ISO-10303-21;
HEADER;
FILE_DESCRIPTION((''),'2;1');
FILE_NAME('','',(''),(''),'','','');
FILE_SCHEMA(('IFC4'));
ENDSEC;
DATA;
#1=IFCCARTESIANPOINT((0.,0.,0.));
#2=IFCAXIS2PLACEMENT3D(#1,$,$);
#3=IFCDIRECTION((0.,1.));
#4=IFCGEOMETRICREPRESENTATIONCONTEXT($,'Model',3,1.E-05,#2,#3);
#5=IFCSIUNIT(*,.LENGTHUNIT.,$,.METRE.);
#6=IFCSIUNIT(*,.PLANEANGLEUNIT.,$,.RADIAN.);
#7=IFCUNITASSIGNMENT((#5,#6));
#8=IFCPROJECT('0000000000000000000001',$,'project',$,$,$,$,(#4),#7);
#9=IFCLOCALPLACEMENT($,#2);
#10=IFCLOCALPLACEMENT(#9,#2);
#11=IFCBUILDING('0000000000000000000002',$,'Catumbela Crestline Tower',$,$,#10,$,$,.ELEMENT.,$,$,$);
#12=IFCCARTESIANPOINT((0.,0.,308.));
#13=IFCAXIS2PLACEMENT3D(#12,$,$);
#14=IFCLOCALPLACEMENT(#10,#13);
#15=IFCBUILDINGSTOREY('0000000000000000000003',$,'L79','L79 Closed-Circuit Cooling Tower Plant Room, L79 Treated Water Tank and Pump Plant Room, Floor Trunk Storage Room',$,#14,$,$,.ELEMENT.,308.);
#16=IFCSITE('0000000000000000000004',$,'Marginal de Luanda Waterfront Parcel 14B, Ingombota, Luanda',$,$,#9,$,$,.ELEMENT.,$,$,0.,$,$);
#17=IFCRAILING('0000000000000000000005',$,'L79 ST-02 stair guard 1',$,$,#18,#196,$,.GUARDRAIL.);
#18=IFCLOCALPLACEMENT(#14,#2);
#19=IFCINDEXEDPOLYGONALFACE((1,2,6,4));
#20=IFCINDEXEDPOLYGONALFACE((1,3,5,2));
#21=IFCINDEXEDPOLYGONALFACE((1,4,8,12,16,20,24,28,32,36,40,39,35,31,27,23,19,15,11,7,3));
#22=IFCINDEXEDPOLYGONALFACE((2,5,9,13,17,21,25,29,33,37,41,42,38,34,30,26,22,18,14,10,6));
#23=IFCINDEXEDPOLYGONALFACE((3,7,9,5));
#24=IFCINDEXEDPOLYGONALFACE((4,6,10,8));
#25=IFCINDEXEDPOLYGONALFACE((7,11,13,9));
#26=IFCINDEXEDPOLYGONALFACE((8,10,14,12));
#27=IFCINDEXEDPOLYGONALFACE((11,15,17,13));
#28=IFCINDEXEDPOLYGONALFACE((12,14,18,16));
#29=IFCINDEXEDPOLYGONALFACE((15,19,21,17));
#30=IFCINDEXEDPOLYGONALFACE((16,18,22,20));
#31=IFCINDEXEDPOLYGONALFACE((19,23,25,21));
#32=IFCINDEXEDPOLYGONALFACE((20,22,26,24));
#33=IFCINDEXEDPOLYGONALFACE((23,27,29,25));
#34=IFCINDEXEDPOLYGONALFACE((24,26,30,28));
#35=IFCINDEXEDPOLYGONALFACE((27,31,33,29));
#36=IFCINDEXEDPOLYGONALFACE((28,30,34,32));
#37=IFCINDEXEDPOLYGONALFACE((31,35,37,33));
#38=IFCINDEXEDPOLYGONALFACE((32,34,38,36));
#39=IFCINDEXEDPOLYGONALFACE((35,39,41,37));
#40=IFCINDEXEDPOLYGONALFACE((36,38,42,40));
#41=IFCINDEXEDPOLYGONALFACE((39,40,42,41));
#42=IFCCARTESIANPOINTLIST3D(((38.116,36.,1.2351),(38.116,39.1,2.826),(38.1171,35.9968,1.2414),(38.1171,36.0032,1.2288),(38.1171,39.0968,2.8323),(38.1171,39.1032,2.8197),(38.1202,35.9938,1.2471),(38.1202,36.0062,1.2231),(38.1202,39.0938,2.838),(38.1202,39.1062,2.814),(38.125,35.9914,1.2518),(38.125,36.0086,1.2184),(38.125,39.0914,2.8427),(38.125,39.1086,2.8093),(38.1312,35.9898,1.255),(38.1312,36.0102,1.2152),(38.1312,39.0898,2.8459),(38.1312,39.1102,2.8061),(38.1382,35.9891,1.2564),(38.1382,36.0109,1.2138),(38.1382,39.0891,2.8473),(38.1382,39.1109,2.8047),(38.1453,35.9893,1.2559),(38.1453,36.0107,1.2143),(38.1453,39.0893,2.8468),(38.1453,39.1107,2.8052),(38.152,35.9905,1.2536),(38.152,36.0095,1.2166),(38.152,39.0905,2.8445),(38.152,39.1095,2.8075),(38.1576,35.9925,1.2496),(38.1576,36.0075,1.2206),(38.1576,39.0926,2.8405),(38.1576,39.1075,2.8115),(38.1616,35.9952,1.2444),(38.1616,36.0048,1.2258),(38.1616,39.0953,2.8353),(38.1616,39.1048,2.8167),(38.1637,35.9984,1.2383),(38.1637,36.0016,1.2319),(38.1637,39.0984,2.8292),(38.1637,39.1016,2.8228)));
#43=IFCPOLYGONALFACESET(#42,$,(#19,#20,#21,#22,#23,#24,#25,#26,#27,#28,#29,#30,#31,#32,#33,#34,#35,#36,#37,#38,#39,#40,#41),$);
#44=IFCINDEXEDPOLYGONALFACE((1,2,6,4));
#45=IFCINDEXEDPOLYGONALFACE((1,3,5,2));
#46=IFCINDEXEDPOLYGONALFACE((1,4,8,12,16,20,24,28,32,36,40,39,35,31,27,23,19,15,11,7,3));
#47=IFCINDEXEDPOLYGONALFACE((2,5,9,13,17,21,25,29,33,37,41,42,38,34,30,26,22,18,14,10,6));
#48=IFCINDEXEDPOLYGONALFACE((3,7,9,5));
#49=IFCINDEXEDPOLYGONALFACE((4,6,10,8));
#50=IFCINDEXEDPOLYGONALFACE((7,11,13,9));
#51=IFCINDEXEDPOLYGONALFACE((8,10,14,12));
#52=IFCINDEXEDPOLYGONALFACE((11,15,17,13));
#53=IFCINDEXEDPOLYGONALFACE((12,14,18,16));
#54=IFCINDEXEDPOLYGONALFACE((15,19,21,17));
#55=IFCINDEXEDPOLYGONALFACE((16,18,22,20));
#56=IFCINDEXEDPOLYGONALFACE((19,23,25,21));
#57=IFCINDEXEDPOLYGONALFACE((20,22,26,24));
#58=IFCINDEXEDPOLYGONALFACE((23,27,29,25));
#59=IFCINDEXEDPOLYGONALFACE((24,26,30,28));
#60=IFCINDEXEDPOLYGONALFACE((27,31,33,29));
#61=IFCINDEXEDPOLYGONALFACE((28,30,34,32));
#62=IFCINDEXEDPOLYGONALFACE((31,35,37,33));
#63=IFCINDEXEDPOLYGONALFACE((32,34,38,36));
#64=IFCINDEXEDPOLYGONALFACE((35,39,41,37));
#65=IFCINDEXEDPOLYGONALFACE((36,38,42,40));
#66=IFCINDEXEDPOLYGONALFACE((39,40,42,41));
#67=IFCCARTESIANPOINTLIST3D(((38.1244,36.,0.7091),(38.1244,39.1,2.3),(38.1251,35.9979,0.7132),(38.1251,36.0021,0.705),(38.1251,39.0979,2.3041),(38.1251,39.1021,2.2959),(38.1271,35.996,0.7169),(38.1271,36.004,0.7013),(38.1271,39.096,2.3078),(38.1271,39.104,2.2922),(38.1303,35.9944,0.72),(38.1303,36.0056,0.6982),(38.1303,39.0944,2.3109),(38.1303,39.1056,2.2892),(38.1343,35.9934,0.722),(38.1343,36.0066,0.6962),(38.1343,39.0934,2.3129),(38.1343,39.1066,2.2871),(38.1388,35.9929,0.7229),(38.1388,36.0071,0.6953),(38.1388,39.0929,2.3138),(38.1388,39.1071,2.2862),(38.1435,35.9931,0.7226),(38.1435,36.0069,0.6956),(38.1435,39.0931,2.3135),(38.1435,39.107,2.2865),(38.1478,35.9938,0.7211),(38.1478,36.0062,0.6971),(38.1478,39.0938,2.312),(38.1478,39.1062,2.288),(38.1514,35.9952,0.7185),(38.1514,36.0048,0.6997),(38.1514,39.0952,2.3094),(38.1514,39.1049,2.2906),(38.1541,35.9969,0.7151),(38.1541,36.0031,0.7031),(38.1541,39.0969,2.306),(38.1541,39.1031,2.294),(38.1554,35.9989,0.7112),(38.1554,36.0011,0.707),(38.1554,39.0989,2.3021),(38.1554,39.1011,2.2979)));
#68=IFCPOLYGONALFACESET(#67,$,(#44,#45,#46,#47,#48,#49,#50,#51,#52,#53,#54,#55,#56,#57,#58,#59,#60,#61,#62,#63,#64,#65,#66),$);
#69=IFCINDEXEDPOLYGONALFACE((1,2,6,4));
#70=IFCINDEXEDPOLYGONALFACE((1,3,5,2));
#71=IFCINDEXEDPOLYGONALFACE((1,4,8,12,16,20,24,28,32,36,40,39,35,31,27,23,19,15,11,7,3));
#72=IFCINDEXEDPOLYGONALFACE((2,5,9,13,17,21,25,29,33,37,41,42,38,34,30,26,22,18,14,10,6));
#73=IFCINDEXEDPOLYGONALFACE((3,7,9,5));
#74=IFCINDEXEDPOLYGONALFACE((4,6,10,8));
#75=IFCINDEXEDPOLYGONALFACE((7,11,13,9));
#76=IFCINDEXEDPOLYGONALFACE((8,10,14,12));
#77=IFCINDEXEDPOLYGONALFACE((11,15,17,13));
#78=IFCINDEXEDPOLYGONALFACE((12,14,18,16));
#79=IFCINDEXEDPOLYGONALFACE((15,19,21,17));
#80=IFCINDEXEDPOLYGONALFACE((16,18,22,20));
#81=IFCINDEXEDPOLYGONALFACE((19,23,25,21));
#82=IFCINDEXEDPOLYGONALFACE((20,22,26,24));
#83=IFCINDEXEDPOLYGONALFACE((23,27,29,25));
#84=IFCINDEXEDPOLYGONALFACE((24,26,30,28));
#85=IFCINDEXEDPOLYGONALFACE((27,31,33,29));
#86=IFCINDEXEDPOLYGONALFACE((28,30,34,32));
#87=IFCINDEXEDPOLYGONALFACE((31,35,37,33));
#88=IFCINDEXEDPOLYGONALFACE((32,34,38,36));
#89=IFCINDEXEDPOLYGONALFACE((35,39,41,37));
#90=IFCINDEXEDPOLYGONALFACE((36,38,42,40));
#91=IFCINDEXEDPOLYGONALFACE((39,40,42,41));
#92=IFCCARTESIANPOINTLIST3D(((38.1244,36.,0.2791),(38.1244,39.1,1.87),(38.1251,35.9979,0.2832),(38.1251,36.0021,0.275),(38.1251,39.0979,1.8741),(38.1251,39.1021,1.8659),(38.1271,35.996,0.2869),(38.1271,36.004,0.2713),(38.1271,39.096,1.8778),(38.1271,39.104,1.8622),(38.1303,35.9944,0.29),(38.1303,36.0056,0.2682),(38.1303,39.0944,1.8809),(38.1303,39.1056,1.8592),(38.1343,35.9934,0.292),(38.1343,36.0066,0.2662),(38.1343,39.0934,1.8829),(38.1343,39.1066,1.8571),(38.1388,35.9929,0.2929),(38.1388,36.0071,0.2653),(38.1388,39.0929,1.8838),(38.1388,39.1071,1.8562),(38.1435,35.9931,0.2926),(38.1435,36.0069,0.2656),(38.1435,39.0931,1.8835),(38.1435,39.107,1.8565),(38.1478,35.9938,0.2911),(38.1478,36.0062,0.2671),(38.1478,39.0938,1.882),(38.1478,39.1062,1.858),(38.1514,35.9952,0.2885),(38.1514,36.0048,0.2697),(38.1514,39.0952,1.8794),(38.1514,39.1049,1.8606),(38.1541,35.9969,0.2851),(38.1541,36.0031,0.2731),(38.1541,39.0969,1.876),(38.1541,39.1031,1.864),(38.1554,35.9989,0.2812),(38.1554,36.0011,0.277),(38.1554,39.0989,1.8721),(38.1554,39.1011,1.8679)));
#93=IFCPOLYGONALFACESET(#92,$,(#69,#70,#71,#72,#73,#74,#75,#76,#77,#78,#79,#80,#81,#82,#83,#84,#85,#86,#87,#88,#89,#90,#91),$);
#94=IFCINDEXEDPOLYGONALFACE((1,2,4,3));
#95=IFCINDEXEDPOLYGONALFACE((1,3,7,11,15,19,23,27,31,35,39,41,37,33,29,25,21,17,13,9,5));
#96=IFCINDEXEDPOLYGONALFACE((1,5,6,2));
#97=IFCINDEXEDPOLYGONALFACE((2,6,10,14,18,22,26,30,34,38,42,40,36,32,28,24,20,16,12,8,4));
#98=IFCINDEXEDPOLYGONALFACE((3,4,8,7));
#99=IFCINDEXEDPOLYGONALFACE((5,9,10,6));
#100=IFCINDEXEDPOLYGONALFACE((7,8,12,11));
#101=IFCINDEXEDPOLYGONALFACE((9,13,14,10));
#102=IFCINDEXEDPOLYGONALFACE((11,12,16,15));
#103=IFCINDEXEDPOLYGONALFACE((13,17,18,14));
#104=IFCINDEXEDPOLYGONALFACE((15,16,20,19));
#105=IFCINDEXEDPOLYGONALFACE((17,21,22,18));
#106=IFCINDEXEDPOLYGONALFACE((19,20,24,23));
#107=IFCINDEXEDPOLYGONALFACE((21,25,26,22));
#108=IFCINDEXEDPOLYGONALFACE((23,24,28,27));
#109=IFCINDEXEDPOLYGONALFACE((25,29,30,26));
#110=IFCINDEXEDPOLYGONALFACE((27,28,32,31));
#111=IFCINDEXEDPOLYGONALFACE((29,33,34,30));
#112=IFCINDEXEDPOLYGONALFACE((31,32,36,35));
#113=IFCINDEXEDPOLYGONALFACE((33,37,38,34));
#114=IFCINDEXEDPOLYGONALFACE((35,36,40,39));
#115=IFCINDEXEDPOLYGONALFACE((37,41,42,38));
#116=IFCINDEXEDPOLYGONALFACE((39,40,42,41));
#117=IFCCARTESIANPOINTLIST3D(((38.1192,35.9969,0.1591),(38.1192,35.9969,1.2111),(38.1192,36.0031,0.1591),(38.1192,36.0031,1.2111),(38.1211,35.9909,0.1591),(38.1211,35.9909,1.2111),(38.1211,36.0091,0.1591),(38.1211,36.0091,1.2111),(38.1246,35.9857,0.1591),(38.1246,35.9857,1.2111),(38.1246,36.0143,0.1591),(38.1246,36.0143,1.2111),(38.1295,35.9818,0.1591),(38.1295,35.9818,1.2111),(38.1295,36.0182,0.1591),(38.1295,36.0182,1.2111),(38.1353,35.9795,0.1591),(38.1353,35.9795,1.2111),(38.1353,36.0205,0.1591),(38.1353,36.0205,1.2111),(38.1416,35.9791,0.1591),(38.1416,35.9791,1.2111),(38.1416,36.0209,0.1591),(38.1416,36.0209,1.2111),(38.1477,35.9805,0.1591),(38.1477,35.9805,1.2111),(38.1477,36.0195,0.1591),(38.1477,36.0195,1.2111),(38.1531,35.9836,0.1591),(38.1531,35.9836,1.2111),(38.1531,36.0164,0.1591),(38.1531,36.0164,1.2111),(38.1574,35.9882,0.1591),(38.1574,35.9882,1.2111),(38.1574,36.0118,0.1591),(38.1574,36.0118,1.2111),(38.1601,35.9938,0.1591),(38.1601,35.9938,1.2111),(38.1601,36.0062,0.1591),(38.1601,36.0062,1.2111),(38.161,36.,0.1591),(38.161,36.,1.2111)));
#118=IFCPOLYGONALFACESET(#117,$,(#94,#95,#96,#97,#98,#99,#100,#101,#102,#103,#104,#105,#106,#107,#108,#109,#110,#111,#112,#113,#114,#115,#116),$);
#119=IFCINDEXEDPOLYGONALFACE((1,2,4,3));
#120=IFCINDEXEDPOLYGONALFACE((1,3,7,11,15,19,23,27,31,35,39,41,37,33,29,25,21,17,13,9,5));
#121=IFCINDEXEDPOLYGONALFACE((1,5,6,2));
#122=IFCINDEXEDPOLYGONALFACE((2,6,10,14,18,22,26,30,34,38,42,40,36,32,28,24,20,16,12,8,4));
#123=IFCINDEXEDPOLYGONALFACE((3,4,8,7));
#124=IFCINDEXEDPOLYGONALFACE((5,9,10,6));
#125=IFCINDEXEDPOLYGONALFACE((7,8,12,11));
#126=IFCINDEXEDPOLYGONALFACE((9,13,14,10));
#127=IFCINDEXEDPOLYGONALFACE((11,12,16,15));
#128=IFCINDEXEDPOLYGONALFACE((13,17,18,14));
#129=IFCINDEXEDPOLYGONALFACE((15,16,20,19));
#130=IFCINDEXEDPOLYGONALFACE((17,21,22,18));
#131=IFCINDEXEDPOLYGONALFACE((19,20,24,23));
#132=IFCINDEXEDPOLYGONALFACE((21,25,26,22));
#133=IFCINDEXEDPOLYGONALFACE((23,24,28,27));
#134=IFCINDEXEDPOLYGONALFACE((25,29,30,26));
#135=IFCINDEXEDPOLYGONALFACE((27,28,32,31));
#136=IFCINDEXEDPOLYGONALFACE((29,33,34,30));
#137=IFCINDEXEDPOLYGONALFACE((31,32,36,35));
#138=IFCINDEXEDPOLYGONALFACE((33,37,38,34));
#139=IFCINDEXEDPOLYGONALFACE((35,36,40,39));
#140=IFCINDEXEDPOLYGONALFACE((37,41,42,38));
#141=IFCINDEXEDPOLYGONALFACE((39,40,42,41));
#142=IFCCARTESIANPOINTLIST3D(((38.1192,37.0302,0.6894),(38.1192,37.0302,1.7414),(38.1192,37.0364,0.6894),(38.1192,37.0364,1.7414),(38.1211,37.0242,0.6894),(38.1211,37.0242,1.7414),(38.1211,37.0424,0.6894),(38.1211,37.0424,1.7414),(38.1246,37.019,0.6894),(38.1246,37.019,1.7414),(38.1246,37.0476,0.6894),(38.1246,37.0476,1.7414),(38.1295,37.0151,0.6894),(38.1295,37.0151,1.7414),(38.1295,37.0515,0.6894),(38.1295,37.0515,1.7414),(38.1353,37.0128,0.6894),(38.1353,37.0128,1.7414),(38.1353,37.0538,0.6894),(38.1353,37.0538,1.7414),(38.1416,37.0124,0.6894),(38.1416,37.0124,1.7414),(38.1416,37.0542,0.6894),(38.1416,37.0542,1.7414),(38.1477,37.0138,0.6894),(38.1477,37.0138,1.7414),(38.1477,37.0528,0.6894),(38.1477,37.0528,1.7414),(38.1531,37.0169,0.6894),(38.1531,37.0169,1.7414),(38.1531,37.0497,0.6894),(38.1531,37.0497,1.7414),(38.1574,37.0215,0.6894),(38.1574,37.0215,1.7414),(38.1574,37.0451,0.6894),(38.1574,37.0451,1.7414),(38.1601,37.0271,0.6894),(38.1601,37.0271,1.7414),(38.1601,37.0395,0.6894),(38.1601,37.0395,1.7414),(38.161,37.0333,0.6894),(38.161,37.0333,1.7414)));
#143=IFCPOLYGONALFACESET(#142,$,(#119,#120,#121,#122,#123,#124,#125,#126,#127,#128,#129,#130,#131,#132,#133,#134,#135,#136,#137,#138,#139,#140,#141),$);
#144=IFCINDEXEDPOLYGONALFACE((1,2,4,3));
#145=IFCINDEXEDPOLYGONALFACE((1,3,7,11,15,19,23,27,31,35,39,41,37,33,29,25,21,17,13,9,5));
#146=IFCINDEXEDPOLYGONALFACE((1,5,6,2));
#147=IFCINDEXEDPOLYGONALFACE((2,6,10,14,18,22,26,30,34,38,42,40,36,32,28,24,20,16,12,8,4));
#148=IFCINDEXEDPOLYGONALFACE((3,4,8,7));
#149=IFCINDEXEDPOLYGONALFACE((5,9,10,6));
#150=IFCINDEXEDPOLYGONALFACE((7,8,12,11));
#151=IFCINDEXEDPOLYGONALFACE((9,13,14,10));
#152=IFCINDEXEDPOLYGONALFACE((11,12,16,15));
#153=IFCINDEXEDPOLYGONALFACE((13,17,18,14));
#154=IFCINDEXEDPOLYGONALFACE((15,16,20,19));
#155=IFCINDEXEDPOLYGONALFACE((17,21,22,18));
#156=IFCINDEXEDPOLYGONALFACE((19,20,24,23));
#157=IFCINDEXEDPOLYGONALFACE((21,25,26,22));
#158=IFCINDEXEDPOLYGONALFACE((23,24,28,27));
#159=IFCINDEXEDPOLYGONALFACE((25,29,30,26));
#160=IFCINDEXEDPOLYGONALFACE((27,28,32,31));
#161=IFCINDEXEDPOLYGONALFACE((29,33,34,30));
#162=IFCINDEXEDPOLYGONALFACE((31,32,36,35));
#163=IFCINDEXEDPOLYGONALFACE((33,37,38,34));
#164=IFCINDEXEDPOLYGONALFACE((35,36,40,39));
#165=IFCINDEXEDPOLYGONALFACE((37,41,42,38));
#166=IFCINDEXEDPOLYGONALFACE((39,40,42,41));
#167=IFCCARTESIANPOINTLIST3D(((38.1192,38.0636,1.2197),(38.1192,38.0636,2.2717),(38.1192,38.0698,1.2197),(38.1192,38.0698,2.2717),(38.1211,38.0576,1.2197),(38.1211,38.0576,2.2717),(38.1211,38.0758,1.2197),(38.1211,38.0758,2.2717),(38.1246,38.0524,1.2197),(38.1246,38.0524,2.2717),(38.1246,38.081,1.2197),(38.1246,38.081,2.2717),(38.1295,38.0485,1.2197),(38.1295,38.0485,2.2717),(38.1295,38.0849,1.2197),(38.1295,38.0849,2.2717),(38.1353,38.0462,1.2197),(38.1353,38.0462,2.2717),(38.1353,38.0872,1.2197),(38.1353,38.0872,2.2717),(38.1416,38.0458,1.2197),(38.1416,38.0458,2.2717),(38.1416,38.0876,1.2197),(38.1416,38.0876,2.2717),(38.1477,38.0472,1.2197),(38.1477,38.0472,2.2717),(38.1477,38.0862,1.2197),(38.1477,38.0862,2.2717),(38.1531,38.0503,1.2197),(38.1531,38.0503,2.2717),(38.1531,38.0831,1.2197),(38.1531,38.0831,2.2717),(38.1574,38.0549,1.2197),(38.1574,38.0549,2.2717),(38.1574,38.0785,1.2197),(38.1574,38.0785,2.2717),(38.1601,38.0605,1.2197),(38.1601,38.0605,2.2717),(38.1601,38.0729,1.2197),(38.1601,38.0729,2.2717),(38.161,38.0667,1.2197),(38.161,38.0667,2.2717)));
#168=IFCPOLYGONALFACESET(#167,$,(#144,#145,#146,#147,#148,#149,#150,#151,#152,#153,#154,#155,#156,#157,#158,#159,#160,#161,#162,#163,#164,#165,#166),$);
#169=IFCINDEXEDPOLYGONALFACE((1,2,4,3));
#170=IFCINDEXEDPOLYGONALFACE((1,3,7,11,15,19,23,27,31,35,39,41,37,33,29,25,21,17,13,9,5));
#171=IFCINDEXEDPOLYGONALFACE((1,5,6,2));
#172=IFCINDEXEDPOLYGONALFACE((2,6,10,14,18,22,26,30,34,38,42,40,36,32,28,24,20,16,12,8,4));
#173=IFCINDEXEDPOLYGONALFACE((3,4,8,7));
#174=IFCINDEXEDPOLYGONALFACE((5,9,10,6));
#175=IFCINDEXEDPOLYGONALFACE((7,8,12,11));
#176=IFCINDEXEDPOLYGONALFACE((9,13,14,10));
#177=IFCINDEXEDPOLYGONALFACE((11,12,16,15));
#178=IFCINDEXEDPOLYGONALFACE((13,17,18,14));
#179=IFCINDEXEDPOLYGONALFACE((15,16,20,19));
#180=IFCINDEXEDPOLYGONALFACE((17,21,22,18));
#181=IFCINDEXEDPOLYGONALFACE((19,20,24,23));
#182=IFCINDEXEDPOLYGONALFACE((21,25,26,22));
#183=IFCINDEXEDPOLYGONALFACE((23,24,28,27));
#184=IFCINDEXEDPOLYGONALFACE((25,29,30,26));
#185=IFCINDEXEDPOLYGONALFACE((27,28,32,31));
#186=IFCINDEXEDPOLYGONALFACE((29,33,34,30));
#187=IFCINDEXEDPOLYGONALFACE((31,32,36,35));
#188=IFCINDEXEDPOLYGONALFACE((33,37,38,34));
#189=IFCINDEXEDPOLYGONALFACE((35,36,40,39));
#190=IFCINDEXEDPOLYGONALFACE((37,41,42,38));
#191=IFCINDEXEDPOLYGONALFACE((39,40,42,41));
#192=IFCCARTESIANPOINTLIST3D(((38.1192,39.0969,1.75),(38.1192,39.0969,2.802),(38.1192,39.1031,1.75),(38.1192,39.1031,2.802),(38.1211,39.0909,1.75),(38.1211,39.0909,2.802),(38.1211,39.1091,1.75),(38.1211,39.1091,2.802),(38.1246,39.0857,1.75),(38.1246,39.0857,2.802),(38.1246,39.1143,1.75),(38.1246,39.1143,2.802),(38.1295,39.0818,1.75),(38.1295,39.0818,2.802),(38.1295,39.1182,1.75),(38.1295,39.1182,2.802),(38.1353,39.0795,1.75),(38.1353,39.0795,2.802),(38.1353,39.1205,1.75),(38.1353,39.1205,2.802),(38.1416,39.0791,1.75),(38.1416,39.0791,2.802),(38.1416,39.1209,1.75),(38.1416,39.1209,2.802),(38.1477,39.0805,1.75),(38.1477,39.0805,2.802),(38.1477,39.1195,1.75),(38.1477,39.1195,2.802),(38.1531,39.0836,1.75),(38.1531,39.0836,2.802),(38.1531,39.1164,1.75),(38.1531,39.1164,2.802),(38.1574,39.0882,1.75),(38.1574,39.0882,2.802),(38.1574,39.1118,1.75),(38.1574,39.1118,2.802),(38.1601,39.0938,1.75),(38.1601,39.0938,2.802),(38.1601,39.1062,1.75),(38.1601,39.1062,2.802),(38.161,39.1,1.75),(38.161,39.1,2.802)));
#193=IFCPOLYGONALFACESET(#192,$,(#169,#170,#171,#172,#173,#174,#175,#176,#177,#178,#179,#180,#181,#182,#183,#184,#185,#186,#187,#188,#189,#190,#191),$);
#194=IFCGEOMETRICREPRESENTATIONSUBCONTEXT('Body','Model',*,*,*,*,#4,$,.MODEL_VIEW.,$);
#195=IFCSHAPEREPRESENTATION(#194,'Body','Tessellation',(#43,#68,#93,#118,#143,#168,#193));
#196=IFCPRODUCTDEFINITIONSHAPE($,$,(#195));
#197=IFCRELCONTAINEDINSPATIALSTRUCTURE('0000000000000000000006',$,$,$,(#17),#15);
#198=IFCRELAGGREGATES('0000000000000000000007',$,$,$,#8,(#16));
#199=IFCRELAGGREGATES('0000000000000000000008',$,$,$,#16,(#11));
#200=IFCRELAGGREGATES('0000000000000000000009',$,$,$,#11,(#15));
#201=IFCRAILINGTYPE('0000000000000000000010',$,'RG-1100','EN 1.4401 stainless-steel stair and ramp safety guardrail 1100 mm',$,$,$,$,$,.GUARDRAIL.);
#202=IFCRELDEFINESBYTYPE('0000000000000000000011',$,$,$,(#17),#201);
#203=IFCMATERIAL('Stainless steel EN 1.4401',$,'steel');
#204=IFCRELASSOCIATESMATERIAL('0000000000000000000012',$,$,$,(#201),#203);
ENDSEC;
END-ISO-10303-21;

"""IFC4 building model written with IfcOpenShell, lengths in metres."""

from ifc_helpers import new_model, si_unit, direction, frame, origin, origin_2d, place, context, subcontext, project, spatial, circle, extrude, material, type_object, element, save


model = new_model("IFC4")

# Units and contexts
model_context = context("Model", 3, precision=1e-05, world=origin(), true_north=direction((0.0, 1.0)))
body_context = subcontext(model_context, "Body", "Model", "MODEL_VIEW")
ifc_project = project(units=[si_unit("LENGTHUNIT", "METRE"), si_unit("PLANEANGLEUNIT", "RADIAN")], contexts=[model_context])

# Site, building, storey
site_placement = place(None, origin())
site = spatial("IfcSite", under=ifc_project, at=site_placement, Name="Marginal de Luanda Waterfront Parcel 14B, Ingombota, Luanda", CompositionType="ELEMENT", RefElevation=0.0)
building_placement = place(site_placement, origin())
building = spatial("IfcBuilding", under=site, at=building_placement, Name="Catumbela Crestline Tower", CompositionType="ELEMENT")
storey_placement = place(building_placement, frame((0.0, 0.0, 308.0)))
storey = spatial("IfcBuildingStorey", under=building, at=storey_placement, Name="L79", Description="L79 Closed-Circuit Cooling Tower Plant Room, L79 Treated Water Tank and Pump Plant Room, Floor Trunk Storage Room", CompositionType="ELEMENT", Elevation=308.0)

# Railing
ifc_material_1 = material(Name="Stainless steel EN 1.4401", Category="steel")
railing_type_1 = type_object("IfcRailingType", Name="RG-1100", Description="EN 1.4401 stainless-steel stair and ramp safety guardrail 1100 mm", PredefinedType="GUARDRAIL", material=ifc_material_1)
railing_1_placement = place(storey_placement, frame((38.14, 36.0, 0.1591)))
element("IfcRailing", 1, at=railing_1_placement, inside=storey, type_object=railing_type_1, Name="L79 ST-02 stair guard 1", PredefinedType="GUARDRAIL", context=body_context, shape_type="SweptSolid", body=[
    extrude(circle(Radius=0.024, at=origin_2d()), frame((0.0, 0.0, 1.076), z_axis=(0.0, 0.889683, 0.456579), x_axis=(-1.0, 0.0, 0.0)), (0.0, 0.0, 1.0), 3.4844),
    extrude(circle(Radius=0.0156, at=origin_2d()), frame((0.0, 0.0, 0.55), z_axis=(0.0, 0.889683, 0.456579), x_axis=(-1.0, 0.0, 0.0)), (0.0, 0.0, 1.0), 3.4844),
    extrude(circle(Radius=0.0156, at=origin_2d()), frame((0.0, 0.0, 0.12), z_axis=(0.0, 0.889683, 0.456579), x_axis=(-1.0, 0.0, 0.0)), (0.0, 0.0, 1.0), 3.4844),
    extrude(circle(Radius=0.021, at=origin_2d()), origin(), (0.0, 0.0, 1.0), 1.052),
    extrude(circle(Radius=0.021, at=origin_2d()), frame((0.0, 1.0333, 0.5303)), (0.0, 0.0, 1.0), 1.052),
    extrude(circle(Radius=0.021, at=origin_2d()), frame((0.0, 2.0667, 1.0606)), (0.0, 0.0, 1.0), 1.052),
    extrude(circle(Radius=0.021, at=origin_2d()), frame((0.0, 3.1, 1.5909)), (0.0, 0.0, 1.0), 1.052),
])

save(model, "model.ifc")
